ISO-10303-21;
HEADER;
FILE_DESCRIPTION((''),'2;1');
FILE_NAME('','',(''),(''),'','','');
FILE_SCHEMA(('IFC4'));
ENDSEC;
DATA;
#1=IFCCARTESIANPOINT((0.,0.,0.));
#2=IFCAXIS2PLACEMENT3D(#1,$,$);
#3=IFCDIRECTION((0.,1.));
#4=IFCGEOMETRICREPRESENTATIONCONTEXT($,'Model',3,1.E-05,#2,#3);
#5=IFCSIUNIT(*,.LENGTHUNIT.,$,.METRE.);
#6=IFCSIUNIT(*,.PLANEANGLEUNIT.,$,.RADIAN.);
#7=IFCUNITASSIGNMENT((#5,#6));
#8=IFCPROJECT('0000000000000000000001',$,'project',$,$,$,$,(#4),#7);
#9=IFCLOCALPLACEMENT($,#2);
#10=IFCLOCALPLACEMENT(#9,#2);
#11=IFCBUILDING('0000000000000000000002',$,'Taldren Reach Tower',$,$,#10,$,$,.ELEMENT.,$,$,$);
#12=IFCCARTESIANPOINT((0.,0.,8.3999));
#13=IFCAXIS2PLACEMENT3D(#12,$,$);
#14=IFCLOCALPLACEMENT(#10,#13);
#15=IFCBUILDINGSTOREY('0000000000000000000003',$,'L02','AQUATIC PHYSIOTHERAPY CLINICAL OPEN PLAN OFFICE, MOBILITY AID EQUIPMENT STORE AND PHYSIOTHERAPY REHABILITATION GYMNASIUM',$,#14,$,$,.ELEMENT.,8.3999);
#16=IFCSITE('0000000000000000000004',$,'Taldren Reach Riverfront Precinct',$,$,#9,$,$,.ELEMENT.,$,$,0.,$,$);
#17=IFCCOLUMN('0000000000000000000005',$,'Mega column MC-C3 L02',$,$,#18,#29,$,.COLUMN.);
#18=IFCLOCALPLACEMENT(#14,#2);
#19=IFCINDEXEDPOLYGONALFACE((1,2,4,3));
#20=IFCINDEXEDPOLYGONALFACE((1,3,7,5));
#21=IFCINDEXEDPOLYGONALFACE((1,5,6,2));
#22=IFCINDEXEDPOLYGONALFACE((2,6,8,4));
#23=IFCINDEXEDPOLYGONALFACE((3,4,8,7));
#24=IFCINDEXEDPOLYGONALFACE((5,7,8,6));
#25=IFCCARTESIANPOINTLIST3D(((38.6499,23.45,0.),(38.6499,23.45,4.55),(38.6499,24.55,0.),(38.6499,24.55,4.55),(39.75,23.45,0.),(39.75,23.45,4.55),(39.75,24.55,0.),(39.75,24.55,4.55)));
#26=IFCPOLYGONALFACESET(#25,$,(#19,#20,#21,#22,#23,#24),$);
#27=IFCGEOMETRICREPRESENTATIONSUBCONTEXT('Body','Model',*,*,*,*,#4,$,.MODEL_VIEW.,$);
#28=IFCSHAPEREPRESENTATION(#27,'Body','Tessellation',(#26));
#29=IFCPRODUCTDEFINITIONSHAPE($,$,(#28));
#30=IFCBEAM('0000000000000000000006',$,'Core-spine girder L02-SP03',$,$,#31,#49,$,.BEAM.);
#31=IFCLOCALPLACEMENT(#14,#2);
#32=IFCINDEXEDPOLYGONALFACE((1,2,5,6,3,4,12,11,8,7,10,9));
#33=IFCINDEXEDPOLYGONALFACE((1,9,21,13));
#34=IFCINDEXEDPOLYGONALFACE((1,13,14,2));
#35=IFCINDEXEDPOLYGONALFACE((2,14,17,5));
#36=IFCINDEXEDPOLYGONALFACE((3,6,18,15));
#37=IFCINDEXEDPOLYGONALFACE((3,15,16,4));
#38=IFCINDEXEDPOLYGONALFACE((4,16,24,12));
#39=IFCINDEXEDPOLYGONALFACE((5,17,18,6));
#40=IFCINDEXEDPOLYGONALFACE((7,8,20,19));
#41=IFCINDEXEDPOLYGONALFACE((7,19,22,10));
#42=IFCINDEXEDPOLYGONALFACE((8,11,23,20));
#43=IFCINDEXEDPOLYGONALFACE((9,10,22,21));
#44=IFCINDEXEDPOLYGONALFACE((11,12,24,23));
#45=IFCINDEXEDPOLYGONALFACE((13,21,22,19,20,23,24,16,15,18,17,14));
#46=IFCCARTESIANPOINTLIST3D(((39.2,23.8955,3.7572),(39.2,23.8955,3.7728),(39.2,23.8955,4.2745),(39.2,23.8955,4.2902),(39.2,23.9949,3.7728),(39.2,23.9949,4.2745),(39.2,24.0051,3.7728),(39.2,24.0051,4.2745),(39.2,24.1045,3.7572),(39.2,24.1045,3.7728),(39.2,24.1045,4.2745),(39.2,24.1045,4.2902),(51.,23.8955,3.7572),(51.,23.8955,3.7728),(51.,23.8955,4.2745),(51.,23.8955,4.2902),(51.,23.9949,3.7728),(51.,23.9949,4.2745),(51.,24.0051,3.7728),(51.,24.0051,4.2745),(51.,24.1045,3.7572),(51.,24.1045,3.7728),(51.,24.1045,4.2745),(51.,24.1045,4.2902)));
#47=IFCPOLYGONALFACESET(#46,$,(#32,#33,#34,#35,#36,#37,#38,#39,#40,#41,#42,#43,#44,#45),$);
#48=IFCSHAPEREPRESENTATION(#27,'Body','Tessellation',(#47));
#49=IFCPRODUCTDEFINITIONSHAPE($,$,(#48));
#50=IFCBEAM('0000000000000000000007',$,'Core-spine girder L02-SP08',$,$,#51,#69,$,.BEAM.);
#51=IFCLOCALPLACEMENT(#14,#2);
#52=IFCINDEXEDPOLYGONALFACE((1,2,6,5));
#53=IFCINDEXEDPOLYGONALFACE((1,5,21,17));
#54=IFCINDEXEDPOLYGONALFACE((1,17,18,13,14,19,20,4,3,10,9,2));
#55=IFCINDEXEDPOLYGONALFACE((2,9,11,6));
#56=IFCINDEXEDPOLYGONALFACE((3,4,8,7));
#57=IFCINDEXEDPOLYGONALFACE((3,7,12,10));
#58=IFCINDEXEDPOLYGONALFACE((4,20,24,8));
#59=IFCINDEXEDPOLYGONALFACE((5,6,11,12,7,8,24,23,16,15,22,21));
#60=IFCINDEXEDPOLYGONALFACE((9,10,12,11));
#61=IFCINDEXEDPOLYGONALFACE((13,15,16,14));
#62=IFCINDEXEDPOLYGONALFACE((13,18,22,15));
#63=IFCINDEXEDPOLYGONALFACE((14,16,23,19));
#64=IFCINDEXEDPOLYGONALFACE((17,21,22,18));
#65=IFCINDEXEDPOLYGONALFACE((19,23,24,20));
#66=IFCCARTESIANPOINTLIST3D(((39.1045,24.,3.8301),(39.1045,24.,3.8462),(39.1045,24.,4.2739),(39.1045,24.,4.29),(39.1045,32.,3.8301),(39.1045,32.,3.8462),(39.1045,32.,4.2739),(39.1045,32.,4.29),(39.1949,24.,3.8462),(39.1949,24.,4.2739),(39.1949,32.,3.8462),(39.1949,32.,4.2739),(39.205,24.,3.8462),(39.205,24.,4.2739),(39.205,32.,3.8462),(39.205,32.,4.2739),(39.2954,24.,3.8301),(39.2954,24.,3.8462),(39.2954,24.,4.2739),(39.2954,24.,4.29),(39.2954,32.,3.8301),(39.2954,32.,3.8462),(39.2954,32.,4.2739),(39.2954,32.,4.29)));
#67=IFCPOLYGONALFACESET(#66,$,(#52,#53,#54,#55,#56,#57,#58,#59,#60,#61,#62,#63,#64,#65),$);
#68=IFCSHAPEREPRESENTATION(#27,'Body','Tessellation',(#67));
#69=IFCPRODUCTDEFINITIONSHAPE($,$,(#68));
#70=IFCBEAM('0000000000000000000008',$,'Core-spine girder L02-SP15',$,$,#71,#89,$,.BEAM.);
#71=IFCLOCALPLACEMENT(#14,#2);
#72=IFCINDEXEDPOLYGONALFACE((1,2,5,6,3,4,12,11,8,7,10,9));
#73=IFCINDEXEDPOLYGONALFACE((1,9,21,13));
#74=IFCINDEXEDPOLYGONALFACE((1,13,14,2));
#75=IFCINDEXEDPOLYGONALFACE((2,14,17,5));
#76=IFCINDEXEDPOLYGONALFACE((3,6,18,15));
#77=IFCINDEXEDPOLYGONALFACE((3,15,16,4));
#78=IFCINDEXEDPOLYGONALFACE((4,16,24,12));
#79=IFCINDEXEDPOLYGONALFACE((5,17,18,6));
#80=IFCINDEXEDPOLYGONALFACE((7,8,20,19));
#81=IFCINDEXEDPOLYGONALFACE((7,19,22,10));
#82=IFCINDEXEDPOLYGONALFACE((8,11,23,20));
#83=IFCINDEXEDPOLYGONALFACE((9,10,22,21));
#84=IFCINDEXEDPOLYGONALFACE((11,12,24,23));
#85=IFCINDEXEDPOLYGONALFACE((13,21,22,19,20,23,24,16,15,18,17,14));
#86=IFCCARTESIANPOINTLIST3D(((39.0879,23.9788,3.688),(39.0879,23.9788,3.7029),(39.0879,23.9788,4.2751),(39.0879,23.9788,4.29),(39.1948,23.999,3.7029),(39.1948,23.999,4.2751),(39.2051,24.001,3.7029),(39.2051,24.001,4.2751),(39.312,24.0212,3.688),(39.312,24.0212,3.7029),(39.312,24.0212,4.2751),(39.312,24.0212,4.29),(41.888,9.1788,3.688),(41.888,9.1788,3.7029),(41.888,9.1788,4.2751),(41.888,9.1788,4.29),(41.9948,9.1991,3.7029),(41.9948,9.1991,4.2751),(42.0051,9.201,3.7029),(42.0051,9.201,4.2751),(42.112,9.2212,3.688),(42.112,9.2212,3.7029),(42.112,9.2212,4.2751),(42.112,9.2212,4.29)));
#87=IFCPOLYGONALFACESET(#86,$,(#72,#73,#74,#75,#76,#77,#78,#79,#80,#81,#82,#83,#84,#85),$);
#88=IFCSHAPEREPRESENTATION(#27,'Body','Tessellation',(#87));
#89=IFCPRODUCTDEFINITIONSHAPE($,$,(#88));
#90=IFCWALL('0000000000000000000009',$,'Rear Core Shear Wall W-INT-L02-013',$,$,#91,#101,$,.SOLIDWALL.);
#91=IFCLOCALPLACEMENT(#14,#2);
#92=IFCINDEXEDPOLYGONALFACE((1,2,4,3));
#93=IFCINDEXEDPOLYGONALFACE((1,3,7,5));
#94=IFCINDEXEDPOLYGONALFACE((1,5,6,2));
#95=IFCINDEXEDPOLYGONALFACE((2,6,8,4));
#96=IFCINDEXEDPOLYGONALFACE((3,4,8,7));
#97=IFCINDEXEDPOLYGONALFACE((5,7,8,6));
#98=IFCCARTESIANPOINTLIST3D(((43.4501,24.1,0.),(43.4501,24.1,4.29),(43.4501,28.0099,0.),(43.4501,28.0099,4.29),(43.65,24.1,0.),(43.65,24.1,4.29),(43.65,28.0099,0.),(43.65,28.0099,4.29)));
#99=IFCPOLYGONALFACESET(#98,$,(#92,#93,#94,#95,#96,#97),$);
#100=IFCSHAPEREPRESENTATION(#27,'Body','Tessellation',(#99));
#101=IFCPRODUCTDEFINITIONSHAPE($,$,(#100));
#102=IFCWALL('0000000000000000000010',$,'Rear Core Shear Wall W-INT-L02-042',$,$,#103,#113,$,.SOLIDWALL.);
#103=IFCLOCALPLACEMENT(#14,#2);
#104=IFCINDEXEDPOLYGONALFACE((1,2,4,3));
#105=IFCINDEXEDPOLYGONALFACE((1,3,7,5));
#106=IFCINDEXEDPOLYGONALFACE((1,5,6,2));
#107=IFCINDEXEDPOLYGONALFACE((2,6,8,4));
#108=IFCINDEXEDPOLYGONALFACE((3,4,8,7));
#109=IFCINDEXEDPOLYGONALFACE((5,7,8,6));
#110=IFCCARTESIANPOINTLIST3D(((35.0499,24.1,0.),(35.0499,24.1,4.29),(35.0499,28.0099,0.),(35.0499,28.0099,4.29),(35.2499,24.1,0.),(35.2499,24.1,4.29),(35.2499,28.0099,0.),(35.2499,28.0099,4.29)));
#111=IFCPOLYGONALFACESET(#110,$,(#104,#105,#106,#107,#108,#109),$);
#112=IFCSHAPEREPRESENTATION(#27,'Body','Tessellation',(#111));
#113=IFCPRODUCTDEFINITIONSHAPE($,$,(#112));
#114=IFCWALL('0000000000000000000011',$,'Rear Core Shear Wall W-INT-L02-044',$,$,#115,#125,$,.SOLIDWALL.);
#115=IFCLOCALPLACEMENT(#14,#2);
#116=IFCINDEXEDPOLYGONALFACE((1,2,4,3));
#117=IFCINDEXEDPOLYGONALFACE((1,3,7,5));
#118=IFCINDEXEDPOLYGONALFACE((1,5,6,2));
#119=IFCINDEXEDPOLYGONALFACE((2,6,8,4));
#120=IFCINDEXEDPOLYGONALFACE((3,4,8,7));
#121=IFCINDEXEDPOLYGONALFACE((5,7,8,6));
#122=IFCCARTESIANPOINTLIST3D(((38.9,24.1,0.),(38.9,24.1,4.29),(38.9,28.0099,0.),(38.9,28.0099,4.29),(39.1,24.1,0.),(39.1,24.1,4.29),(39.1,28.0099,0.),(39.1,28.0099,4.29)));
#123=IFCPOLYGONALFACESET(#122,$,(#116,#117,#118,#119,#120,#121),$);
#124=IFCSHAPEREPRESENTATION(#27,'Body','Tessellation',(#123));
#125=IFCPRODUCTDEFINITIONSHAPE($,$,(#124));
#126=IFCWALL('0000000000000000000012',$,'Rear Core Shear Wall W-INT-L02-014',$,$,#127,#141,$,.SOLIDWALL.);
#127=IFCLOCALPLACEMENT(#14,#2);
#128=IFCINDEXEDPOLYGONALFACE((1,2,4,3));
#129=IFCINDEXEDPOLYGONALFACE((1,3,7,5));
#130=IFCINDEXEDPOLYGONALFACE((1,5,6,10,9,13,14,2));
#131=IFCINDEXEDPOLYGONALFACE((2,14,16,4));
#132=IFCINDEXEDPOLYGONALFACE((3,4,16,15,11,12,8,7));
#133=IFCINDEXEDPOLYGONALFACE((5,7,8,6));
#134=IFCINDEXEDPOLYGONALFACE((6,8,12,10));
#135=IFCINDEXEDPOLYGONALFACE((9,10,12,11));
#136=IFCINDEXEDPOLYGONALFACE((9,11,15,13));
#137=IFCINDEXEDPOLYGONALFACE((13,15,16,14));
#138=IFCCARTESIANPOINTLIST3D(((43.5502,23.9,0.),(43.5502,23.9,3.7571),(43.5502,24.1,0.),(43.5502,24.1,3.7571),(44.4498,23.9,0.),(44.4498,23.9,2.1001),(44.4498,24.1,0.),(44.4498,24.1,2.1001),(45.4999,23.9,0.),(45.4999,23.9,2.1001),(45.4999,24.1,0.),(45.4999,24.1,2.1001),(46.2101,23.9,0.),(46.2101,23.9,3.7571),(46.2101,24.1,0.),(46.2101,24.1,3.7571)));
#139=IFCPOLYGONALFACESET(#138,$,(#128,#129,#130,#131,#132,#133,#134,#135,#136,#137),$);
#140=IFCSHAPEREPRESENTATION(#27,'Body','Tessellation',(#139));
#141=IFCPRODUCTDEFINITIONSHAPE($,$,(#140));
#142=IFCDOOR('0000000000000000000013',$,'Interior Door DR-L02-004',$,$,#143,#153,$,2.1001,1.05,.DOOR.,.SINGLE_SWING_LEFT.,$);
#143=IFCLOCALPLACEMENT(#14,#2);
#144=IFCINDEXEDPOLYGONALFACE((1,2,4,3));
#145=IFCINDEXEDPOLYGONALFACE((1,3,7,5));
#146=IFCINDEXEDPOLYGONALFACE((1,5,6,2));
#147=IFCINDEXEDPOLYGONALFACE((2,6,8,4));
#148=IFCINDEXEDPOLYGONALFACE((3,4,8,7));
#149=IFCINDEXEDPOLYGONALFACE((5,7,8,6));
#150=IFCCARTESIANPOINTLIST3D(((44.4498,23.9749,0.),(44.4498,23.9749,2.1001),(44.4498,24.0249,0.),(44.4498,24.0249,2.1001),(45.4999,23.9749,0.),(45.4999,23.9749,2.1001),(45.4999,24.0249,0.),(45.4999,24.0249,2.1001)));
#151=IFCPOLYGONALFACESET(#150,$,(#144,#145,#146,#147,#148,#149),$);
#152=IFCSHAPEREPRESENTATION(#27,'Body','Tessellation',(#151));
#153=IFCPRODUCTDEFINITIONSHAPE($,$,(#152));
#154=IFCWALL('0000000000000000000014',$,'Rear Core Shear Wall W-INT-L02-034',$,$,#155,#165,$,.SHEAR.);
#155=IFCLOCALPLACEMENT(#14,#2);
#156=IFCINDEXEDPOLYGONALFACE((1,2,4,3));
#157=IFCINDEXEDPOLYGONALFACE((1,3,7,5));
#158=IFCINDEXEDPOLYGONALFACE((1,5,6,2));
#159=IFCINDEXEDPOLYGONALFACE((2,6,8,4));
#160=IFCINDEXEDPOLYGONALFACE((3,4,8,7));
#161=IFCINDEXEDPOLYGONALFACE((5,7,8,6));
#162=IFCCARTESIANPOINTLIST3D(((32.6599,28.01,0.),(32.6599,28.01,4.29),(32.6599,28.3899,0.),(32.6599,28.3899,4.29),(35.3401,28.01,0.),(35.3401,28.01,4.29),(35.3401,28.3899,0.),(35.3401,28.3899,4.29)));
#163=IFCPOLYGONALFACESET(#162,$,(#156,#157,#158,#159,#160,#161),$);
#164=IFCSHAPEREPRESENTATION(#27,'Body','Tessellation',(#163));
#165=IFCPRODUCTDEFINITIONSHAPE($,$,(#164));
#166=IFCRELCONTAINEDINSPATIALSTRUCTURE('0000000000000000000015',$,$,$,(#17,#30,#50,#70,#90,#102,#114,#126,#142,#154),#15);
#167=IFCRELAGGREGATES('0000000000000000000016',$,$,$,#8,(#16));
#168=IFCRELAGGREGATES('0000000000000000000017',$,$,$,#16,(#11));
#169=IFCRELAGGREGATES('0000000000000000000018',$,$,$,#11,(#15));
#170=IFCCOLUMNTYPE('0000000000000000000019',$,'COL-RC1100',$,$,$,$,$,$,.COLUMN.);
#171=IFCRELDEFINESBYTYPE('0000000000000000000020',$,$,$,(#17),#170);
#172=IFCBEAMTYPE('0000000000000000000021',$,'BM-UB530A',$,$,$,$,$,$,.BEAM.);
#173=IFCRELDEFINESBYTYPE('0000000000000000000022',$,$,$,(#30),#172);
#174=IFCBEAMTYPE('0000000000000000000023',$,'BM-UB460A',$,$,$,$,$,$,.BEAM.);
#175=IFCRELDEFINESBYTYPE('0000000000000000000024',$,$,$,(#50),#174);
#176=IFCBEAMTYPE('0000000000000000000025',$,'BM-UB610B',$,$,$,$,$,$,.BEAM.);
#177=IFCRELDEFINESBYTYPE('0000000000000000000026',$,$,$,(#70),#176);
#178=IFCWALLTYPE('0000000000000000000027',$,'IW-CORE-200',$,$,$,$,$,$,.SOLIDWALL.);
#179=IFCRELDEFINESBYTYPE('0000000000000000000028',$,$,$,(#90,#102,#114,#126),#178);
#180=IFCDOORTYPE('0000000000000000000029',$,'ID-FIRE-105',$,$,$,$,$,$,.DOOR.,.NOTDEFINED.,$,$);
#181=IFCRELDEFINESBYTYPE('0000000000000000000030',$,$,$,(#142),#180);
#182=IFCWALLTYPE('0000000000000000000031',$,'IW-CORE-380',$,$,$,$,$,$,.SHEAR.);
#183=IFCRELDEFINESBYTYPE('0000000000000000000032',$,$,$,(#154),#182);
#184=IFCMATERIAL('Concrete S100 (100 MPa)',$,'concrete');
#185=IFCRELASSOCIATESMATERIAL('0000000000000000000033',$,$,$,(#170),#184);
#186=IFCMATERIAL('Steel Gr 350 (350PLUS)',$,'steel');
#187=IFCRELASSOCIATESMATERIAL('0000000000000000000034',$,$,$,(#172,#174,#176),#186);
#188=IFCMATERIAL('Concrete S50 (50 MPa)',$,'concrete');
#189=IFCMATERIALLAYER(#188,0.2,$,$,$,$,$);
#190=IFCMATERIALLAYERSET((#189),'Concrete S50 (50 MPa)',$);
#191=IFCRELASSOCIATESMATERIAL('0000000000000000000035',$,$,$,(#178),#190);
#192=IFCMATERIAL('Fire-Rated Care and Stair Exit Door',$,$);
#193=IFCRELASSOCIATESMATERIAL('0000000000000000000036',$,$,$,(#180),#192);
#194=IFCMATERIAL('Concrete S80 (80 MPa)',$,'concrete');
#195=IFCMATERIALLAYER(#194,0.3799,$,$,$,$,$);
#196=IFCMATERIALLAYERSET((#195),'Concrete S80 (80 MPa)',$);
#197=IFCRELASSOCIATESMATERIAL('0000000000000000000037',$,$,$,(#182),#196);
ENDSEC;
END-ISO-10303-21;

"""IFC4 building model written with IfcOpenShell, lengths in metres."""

from ifc_helpers import new_model, si_unit, direction, frame, frame_2d, origin, origin_2d, place, context, subcontext, project, spatial, rectangle, i_section, extrude, source, transform, mapped, material, layer, layer_set, material_profile, profile_set, type_object, element, fill, save


model = new_model("IFC4")

# Units and contexts
model_context = context("Model", 3, precision=1e-05, world=origin(), true_north=direction((0.0, 1.0)))
body_context = subcontext(model_context, "Body", "Model", "MODEL_VIEW")
ifc_project = project(units=[si_unit("LENGTHUNIT", "METRE"), si_unit("PLANEANGLEUNIT", "RADIAN")], contexts=[model_context])

# Site, building, storey
site_placement = place(None, origin())
site = spatial("IfcSite", under=ifc_project, at=site_placement, Name="Taldren Reach Riverfront Precinct", CompositionType="ELEMENT", RefElevation=0.0)
building_placement = place(site_placement, origin())
building = spatial("IfcBuilding", under=site, at=building_placement, Name="Taldren Reach Tower", CompositionType="ELEMENT")
storey_placement = place(building_placement, frame((0.0, 0.0, 8.3999)))
storey = spatial("IfcBuildingStorey", under=building, at=storey_placement, Name="L02", Description="AQUATIC PHYSIOTHERAPY CLINICAL OPEN PLAN OFFICE, MOBILITY AID EQUIPMENT STORE AND PHYSIOTHERAPY REHABILITATION GYMNASIUM", CompositionType="ELEMENT", Elevation=8.3999)

# Column
ifc_material_1 = material(Name="Concrete S100 (100 MPa)", Category="concrete")
ifc_material_profile_1 = material_profile(ifc_material_1, rectangle(XDim=1.1001, YDim=1.1001, at=origin_2d()), Name="RC-1100x1100")
ifc_profile_set_1 = profile_set([ifc_material_profile_1], Name="Concrete S100 (100 MPa)")
column_type = type_object("IfcColumnType", Name="COL-RC1100", PredefinedType="COLUMN", material=ifc_profile_set_1)
shared_shape_1 = source(origin(), body_context, "Body", "SweptSolid", [
    extrude(rectangle(XDim=1.1001, YDim=1.1001, at=origin_2d()), origin(), (0.0, 0.0, 1.0), 4.55),
])
column_placement = place(storey_placement, frame((39.2, 24.0, 0.0), z_axis=(0.0, 0.0, 1.0), x_axis=(1.0, 0.0, 0.0)))
element("IfcColumn", 1, at=column_placement, inside=storey, type_object=column_type, Name="Mega column MC-C3 L02", PredefinedType="COLUMN", context=body_context, shape_type="MappedRepresentation", body=[
    mapped(shared_shape_1, transform((0.0, 0.0, 0.0), scale=1.0)),
])

# Beams
ifc_material_2 = material(Name="Steel Gr 350 (350PLUS)", Category="steel")
ifc_material_profile_2 = material_profile(ifc_material_2, i_section(OverallWidth=0.209, OverallDepth=0.533, WebThickness=0.0103, FlangeThickness=0.0156, at=origin_2d()), Name="530UB92.4")
ifc_profile_set_2 = profile_set([ifc_material_profile_2], Name="Steel Gr 350 (350PLUS)")
beam_type_1 = type_object("IfcBeamType", Name="BM-UB530A", PredefinedType="BEAM", material=ifc_profile_set_2)
shared_shape_2 = source(origin(), body_context, "Body", "SweptSolid", [
    extrude(i_section(OverallWidth=0.209, OverallDepth=0.533, WebThickness=0.0103, FlangeThickness=0.0156, at=origin_2d()), origin(), (0.0, 0.0, 1.0), 11.8),
])
beam_1_placement = place(storey_placement, frame((39.2, 24.0, 4.0237), z_axis=(1.0, 0.0, 0.0), x_axis=(0.0, 1.0, 0.0)))
element("IfcBeam", 2, at=beam_1_placement, inside=storey, type_object=beam_type_1, Name="Core-spine girder L02-SP03", PredefinedType="BEAM", context=body_context, shape_type="MappedRepresentation", body=[
    mapped(shared_shape_2, transform((0.0, 0.0, 0.0), scale=1.0)),
])
ifc_material_profile_3 = material_profile(ifc_material_2, i_section(OverallWidth=0.1909, OverallDepth=0.46, WebThickness=0.01, FlangeThickness=0.0161, at=origin_2d()), Name="460UB82.1")
ifc_profile_set_3 = profile_set([ifc_material_profile_3], Name="Steel Gr 350 (350PLUS)")
beam_type_2 = type_object("IfcBeamType", Name="BM-UB460A", PredefinedType="BEAM", material=ifc_profile_set_3)
shared_shape_3 = source(origin(), body_context, "Body", "SweptSolid", [
    extrude(i_section(OverallWidth=0.1909, OverallDepth=0.46, WebThickness=0.01, FlangeThickness=0.0161, at=origin_2d()), origin(), (0.0, 0.0, 1.0), 8.0),
])
beam_2_placement = place(storey_placement, frame((39.2, 24.0, 4.0601), z_axis=(0.0, 1.0, 0.0), x_axis=(-1.0, 0.0, 0.0)))
element("IfcBeam", 3, at=beam_2_placement, inside=storey, type_object=beam_type_2, Name="Core-spine girder L02-SP08", PredefinedType="BEAM", context=body_context, shape_type="MappedRepresentation", body=[
    mapped(shared_shape_3, transform((0.0, 0.0, 0.0), scale=1.0)),
])
ifc_material_profile_4 = material_profile(ifc_material_2, i_section(OverallWidth=0.228, OverallDepth=0.6021, WebThickness=0.0105, FlangeThickness=0.0149, at=origin_2d()), Name="610UB101")
ifc_profile_set_4 = profile_set([ifc_material_profile_4], Name="Steel Gr 350 (350PLUS)")
beam_type_3 = type_object("IfcBeamType", Name="BM-UB610B", PredefinedType="BEAM", material=ifc_profile_set_4)
shared_shape_4 = source(origin(), body_context, "Body", "SweptSolid", [
    extrude(i_section(OverallWidth=0.228, OverallDepth=0.6021, WebThickness=0.0105, FlangeThickness=0.0149, at=origin_2d()), origin(), (0.0, 0.0, 1.0), 15.0625),
])
beam_3_placement = place(storey_placement, frame((39.2, 24.0, 3.989), z_axis=(0.185894, -0.98257, 0.0), x_axis=(0.98257, 0.185894, 0.0)))
element("IfcBeam", 4, at=beam_3_placement, inside=storey, type_object=beam_type_3, Name="Core-spine girder L02-SP15", PredefinedType="BEAM", context=body_context, shape_type="MappedRepresentation", body=[
    mapped(shared_shape_4, transform((0.0, 0.0, 0.0), scale=1.0)),
])

# Walls
ifc_material_3 = material(Name="Concrete S50 (50 MPa)", Category="concrete")
ifc_layer_1 = layer(ifc_material_3, 0.2)
ifc_layer_set_1 = layer_set([ifc_layer_1], Name="Concrete S50 (50 MPa)")
wall_type_1 = type_object("IfcWallType", Name="IW-CORE-200", PredefinedType="SOLIDWALL", material=ifc_layer_set_1)
shared_shape_5 = source(origin(), body_context, "Body", "SweptSolid", [
    extrude(rectangle(XDim=3.9099, YDim=0.2, at=frame_2d((1.9551, 0.0))), origin(), (0.0, 0.0, 1.0), 4.29),
])
for number, where, z_axis, x_axis, name in (
    (5, (43.55, 28.01, 0.0), (0.0, 0.0, 1.0), (0.0, -1.0, 0.0), "Rear Core Shear Wall W-INT-L02-013"),
    (6, (35.1499, 28.01, 0.0), (0.0, 0.0, 1.0), (0.0, -1.0, 0.0), "Rear Core Shear Wall W-INT-L02-042"),
    (7, (39.0, 28.01, 0.0), (0.0, 0.0, 1.0), (0.0, -1.0, 0.0), "Rear Core Shear Wall W-INT-L02-044"),
):
    element("IfcWall", number, at=place(storey_placement, frame(where, z_axis=z_axis, x_axis=x_axis)), inside=storey, type_object=wall_type_1, Name=name, PredefinedType="SOLIDWALL", context=body_context, shape_type="MappedRepresentation", body=[
        mapped(shared_shape_5, transform((0.0, 0.0, 0.0), scale=1.0)),
    ])

# Wall, opening, door
shared_shape_6 = source(origin(), body_context, "Body", "SweptSolid", [
    extrude(rectangle(XDim=2.6599, YDim=0.2, at=frame_2d((1.3301, 0.0))), origin(), (0.0, 0.0, 1.0), 3.7571),
])
wall_1_placement = place(storey_placement, frame((43.55, 24.0, 0.0), z_axis=(0.0, 0.0, 1.0), x_axis=(1.0, 0.0, 0.0)))
wall_1 = element("IfcWall", 8, at=wall_1_placement, inside=storey, type_object=wall_type_1, Name="Rear Core Shear Wall W-INT-L02-014", PredefinedType="SOLIDWALL", context=body_context, shape_type="MappedRepresentation", body=[
    mapped(shared_shape_6, transform((0.0, 0.0, 0.0), scale=1.0)),
])
shared_shape_7 = source(origin(), body_context, "Body", "SweptSolid", [
    extrude(rectangle(XDim=1.05, YDim=2.1001, at=frame_2d((0.5249, 1.05))), frame((0.0, 0.1099, 0.0), z_axis=(0.0, -1.0, 0.0), x_axis=(1.0, 0.0, 0.0)), (0.0, 0.0, 1.0), 0.22),
])
opening_1_placement = place(wall_1_placement, frame((0.8999, 0.0, 0.0)))
opening_1 = element("IfcOpeningElement", 9, at=opening_1_placement, cuts=wall_1, PredefinedType="OPENING", context=body_context, shape_type="MappedRepresentation", body=[
    mapped(shared_shape_7, transform((0.0, 0.0, 0.0), scale=1.0)),
])
ifc_material_4 = material(Name="Fire-Rated Care and Stair Exit Door")
door_type = type_object("IfcDoorType", Name="ID-FIRE-105", OperationType="NOTDEFINED", PredefinedType="DOOR", material=ifc_material_4)
shared_shape_8 = source(origin(), body_context, "Body", "SweptSolid", [
    extrude(rectangle(XDim=1.05, YDim=2.1001, at=frame_2d((0.5249, 1.05))), frame((0.0, 0.0249, 0.0), z_axis=(0.0, -1.0, 0.0), x_axis=(1.0, 0.0, 0.0)), (0.0, 0.0, 1.0), 0.05),
])
door_1_placement = place(opening_1_placement, origin())
door_1 = element("IfcDoor", 10, at=door_1_placement, inside=storey, type_object=door_type, Name="Interior Door DR-L02-004", OperationType="SINGLE_SWING_LEFT", OverallHeight=2.1001, OverallWidth=1.05, PredefinedType="DOOR", context=body_context, shape_type="MappedRepresentation", body=[
    mapped(shared_shape_8, transform((0.0, 0.0, 0.0), scale=1.0)),
])
fill(opening_1, door_1)

# Wall
ifc_material_5 = material(Name="Concrete S80 (80 MPa)", Category="concrete")
ifc_layer_2 = layer(ifc_material_5, 0.3799)
ifc_layer_set_2 = layer_set([ifc_layer_2], Name="Concrete S80 (80 MPa)")
wall_type_2 = type_object("IfcWallType", Name="IW-CORE-380", PredefinedType="SHEAR", material=ifc_layer_set_2)
shared_shape_9 = source(origin(), body_context, "Body", "SweptSolid", [
    extrude(rectangle(XDim=2.6802, YDim=0.3799, at=frame_2d((1.3401, 0.0))), origin(), (0.0, 0.0, 1.0), 4.29),
])
wall_2_placement = place(storey_placement, frame((32.6599, 28.2, 0.0), z_axis=(0.0, 0.0, 1.0), x_axis=(1.0, 0.0, 0.0)))
element("IfcWall", 11, at=wall_2_placement, inside=storey, type_object=wall_type_2, Name="Rear Core Shear Wall W-INT-L02-034", PredefinedType="SHEAR", context=body_context, shape_type="MappedRepresentation", body=[
    mapped(shared_shape_9, transform((0.0, 0.0, 0.0), scale=1.0)),
])

save(model, "model.ifc")
